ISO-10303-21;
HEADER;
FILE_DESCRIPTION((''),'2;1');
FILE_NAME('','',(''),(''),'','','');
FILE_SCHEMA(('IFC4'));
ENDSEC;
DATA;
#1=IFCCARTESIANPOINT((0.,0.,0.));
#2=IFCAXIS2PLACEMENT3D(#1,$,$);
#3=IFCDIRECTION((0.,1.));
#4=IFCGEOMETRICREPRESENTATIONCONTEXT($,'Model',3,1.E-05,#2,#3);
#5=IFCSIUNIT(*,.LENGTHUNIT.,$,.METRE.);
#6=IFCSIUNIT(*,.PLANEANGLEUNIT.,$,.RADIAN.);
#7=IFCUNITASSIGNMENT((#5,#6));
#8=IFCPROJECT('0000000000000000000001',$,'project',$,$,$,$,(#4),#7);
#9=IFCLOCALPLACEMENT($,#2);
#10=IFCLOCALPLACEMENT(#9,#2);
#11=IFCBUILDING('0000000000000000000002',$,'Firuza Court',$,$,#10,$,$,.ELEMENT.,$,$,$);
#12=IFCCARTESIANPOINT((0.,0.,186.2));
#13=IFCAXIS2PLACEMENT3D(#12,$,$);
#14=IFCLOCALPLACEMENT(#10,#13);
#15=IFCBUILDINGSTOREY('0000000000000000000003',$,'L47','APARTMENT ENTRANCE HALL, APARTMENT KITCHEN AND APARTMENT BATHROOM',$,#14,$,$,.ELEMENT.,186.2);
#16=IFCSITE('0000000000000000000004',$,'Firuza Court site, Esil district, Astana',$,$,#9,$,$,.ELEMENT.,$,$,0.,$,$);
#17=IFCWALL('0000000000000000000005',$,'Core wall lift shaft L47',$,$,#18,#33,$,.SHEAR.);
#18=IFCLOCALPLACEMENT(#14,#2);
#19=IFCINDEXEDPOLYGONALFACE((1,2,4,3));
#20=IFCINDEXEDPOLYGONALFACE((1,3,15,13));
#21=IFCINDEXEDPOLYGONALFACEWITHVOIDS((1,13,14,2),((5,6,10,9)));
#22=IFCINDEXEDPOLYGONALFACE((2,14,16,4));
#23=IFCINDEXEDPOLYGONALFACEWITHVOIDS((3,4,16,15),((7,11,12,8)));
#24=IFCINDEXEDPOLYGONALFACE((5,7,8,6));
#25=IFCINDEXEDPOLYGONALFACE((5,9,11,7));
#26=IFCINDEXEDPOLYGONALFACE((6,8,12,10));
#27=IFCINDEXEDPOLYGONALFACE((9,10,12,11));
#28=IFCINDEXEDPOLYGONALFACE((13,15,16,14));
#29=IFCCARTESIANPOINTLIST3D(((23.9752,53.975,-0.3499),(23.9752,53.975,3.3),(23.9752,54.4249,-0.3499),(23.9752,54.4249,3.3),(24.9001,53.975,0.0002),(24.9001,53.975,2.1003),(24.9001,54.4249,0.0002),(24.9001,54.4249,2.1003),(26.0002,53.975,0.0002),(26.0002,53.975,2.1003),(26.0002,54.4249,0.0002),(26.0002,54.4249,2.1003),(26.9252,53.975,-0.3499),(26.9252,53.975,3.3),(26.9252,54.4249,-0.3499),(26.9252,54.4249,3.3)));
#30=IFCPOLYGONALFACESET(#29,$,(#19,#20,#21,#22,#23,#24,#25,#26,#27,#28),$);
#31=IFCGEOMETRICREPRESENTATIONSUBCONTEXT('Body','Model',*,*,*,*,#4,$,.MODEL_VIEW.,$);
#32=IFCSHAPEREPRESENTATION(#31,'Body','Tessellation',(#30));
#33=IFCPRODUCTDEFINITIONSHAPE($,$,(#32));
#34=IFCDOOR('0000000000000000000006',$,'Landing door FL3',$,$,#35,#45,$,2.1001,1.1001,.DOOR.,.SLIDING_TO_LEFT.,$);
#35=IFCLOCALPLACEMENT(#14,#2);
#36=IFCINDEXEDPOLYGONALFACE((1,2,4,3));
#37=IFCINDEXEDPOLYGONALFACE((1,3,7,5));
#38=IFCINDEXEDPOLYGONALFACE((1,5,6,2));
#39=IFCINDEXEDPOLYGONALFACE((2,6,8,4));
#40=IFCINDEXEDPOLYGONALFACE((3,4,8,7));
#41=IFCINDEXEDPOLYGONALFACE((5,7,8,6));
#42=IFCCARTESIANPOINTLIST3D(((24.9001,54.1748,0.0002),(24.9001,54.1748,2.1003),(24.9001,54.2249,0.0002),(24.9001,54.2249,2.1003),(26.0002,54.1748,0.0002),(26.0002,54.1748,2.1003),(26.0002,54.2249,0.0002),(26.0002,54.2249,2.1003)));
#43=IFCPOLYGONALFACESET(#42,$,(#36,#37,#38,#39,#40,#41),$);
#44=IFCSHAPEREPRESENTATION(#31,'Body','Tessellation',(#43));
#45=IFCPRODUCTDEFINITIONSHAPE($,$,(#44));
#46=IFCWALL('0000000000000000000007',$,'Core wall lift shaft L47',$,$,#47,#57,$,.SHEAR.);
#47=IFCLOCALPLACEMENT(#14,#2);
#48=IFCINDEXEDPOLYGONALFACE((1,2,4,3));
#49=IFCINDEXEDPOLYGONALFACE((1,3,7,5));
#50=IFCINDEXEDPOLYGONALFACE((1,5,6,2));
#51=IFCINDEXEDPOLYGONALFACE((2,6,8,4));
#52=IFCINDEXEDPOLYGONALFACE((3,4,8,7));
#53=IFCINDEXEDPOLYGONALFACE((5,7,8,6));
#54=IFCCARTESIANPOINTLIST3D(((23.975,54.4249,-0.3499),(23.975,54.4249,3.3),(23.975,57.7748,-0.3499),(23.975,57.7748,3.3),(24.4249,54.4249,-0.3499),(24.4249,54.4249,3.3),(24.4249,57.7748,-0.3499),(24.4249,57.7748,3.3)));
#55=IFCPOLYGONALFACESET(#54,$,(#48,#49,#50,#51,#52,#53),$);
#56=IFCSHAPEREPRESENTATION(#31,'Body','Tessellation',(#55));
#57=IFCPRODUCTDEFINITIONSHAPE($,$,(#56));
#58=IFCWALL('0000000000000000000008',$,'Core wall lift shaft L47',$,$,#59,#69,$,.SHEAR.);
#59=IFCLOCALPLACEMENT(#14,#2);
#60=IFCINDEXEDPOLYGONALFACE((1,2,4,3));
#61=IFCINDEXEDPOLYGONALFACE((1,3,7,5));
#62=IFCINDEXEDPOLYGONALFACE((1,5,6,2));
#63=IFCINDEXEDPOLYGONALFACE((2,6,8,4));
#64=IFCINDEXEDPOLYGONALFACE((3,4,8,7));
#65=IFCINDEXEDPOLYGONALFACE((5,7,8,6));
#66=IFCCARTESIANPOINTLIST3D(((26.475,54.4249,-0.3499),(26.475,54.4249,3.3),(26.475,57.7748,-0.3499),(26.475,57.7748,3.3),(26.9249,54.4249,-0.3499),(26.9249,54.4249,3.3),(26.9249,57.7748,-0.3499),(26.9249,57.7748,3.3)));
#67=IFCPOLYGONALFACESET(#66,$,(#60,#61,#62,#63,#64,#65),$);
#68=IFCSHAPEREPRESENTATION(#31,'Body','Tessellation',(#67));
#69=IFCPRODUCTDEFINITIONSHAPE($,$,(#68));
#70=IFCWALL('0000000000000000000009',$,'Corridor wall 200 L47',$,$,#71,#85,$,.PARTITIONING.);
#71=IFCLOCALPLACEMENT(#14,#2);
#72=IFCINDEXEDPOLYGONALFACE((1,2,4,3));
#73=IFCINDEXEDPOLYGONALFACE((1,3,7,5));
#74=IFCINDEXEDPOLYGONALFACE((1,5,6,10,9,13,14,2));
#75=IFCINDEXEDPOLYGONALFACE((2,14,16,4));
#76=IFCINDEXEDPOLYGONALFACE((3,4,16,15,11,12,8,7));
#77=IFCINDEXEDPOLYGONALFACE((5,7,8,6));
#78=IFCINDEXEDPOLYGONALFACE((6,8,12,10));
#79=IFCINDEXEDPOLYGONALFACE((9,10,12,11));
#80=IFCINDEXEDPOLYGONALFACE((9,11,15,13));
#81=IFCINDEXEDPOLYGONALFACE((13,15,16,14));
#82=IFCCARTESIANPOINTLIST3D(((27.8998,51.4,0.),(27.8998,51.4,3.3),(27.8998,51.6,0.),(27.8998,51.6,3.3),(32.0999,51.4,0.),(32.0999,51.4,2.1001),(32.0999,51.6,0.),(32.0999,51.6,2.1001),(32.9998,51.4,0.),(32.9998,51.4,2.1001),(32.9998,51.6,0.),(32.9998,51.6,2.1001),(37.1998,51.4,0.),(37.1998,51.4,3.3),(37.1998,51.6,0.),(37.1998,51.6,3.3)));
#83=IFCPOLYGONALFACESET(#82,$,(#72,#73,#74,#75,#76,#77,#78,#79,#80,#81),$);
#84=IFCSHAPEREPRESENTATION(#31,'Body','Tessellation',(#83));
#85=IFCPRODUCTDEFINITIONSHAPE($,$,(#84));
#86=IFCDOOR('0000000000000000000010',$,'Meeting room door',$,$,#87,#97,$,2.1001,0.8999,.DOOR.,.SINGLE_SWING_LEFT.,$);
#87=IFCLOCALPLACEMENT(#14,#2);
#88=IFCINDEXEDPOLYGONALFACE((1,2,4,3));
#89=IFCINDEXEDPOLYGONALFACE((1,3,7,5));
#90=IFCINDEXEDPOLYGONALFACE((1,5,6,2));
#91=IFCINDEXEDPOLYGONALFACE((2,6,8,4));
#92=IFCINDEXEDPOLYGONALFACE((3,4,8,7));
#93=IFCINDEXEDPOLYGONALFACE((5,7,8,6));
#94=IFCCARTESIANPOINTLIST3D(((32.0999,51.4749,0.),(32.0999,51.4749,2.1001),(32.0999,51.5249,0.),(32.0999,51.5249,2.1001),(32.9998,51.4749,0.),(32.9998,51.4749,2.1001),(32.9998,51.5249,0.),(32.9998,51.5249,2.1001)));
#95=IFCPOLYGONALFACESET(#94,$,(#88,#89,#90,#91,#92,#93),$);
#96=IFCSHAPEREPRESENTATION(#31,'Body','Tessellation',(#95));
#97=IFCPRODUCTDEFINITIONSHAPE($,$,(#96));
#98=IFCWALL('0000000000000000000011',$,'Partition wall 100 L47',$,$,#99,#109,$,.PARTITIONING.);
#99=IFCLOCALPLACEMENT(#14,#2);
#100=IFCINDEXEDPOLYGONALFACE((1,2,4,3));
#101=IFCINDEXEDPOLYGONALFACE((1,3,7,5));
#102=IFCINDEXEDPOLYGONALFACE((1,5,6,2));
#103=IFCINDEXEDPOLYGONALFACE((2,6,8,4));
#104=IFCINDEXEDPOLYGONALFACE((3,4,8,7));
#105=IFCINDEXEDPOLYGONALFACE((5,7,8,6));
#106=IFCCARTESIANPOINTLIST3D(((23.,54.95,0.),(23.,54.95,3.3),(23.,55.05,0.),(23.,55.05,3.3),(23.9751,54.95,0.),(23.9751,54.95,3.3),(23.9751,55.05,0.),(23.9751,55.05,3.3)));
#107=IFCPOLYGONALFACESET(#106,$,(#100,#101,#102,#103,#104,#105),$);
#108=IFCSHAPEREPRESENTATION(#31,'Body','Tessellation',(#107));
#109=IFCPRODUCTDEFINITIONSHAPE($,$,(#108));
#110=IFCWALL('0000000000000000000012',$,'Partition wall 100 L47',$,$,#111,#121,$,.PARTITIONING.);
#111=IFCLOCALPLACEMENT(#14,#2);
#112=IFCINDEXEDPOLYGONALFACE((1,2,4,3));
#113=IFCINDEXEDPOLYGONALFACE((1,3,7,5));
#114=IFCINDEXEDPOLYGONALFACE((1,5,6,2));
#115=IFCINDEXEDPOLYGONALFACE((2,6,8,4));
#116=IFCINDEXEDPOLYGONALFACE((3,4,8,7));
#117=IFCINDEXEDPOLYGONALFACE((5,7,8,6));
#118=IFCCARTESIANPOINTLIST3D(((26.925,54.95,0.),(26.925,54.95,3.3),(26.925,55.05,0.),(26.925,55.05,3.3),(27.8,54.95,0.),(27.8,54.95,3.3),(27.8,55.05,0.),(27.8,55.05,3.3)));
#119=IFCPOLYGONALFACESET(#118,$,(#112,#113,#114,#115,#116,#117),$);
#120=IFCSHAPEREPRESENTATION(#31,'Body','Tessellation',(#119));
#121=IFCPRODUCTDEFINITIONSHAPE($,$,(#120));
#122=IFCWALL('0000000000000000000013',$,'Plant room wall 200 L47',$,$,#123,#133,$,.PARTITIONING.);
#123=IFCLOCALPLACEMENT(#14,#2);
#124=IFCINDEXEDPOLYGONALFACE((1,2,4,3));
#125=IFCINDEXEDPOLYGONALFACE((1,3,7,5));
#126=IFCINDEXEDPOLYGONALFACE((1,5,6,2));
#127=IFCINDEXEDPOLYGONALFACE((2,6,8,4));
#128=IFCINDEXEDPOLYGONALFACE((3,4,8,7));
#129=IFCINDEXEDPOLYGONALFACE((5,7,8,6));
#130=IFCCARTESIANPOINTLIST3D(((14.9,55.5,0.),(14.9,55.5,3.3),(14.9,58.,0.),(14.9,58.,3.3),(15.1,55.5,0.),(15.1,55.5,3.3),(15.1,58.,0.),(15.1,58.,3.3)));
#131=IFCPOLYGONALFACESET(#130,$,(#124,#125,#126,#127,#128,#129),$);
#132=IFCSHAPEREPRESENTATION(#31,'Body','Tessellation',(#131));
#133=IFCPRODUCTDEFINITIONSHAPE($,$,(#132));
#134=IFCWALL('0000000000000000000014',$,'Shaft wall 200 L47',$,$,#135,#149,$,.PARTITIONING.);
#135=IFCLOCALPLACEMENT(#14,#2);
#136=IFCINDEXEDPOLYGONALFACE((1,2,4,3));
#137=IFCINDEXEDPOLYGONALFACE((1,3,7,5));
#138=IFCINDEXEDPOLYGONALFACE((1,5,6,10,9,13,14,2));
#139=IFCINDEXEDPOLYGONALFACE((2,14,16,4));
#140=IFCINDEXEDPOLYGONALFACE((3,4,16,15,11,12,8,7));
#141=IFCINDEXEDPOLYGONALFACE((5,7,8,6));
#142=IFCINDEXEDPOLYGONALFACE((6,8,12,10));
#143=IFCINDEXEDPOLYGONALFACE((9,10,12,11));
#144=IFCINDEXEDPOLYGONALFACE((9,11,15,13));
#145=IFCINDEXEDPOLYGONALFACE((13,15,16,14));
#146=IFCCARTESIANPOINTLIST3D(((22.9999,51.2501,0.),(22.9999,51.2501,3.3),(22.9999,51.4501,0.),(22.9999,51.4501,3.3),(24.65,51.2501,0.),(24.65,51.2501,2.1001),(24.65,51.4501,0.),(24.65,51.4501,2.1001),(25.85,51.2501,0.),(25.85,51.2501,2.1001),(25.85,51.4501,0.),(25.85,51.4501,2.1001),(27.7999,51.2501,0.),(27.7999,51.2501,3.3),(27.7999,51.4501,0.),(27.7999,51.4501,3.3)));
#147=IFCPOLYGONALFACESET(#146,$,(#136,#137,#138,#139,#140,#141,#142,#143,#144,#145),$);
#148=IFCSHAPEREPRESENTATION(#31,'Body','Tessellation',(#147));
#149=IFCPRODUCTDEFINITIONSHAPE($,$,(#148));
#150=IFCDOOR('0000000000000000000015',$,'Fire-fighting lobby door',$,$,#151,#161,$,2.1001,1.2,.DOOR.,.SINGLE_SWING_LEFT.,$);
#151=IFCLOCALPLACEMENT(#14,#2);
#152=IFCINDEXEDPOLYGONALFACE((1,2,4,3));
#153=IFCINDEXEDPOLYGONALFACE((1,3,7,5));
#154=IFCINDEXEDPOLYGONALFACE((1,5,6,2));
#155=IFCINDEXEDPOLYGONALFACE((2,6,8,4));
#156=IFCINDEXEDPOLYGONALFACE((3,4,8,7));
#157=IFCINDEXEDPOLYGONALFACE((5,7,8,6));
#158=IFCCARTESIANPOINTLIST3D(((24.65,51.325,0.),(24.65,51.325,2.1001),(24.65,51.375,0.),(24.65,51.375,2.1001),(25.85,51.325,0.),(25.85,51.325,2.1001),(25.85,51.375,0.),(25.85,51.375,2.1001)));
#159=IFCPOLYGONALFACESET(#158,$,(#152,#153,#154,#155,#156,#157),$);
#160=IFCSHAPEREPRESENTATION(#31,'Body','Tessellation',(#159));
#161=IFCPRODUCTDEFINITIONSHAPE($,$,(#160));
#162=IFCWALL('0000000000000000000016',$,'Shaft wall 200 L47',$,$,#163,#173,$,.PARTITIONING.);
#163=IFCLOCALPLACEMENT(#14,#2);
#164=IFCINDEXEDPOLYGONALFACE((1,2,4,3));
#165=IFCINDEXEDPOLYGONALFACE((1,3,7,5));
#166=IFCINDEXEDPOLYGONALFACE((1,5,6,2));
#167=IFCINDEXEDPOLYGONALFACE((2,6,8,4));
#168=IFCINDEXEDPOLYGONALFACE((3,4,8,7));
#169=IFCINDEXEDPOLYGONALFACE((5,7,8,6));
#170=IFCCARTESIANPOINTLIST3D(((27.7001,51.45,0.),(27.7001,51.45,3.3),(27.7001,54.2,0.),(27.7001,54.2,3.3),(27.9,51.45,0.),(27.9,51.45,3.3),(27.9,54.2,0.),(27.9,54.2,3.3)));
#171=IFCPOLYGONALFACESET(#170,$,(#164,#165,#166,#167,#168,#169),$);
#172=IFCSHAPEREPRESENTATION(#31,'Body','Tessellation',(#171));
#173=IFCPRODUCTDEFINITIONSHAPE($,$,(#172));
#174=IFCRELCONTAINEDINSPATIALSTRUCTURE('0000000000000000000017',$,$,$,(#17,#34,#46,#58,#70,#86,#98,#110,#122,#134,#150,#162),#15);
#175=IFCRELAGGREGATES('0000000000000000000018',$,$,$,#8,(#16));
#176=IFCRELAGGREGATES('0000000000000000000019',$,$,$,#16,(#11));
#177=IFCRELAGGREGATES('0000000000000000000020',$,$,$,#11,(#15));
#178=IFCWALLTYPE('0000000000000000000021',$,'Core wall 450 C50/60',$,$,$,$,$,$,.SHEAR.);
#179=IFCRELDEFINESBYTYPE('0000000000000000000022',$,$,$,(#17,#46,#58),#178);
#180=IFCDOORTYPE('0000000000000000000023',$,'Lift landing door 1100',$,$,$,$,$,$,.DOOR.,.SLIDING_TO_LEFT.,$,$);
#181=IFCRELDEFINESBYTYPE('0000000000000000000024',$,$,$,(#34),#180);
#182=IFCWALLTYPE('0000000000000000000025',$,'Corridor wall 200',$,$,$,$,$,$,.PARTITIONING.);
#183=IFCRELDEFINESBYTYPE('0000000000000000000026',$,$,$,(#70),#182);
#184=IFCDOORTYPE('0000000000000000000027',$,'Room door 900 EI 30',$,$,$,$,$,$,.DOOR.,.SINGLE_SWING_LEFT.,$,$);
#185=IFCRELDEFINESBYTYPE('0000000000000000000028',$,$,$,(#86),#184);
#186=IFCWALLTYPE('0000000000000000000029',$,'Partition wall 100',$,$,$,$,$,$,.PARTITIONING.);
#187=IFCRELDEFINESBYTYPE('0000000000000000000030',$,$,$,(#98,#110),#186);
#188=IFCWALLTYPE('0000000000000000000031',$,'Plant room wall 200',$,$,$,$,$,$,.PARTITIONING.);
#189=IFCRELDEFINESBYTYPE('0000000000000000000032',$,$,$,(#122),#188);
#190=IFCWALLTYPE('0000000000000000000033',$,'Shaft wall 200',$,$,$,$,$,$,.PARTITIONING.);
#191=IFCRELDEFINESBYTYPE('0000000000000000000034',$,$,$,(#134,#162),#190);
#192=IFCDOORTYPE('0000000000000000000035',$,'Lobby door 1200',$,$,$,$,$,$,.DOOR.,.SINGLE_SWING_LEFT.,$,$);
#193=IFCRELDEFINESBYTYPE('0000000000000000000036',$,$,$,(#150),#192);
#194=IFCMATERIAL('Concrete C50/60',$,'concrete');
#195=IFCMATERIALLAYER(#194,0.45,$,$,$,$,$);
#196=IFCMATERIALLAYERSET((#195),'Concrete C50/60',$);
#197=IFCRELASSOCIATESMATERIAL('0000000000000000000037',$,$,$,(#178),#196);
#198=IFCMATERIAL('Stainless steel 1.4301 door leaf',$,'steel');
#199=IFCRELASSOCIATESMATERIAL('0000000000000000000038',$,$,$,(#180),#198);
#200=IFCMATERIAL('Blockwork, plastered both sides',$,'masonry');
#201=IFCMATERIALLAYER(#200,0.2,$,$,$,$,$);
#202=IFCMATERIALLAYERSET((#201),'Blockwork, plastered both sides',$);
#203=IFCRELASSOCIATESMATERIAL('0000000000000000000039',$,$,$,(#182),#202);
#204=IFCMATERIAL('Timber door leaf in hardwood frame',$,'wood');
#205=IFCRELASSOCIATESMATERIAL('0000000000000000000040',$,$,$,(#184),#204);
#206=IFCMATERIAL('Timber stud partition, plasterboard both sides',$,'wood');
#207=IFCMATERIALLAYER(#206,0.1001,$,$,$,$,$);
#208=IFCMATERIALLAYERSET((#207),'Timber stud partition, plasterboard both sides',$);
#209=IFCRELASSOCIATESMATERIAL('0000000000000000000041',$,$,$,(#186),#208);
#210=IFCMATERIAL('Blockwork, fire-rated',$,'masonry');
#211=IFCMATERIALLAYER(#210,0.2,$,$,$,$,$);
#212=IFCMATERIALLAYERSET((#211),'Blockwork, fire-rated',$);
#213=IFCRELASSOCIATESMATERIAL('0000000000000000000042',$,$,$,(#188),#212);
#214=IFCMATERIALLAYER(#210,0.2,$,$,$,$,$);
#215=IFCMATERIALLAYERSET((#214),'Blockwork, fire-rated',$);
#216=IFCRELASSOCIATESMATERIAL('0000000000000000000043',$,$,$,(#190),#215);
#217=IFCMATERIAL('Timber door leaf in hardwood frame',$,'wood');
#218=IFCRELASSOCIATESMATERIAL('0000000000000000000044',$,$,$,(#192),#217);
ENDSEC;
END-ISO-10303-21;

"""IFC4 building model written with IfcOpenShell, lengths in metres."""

from ifc_helpers import new_model, si_unit, direction, frame, frame_2d, origin, place, context, subcontext, project, spatial, rectangle, extrude, material, layer, layer_set, type_object, element, fill, save


model = new_model("IFC4")

# Units and contexts
model_context = context("Model", 3, precision=1e-05, world=origin(), true_north=direction((0.0, 1.0)))
body_context = subcontext(model_context, "Body", "Model", "MODEL_VIEW")
ifc_project = project(units=[si_unit("LENGTHUNIT", "METRE"), si_unit("PLANEANGLEUNIT", "RADIAN")], contexts=[model_context])

# Site, building, storey
site_placement = place(None, origin())
site = spatial("IfcSite", under=ifc_project, at=site_placement, Name="Firuza Court site, Esil district, Astana", CompositionType="ELEMENT", RefElevation=0.0)
building_placement = place(site_placement, origin())
building = spatial("IfcBuilding", under=site, at=building_placement, Name="Firuza Court", CompositionType="ELEMENT")
storey_placement = place(building_placement, frame((0.0, 0.0, 186.2)))
storey = spatial("IfcBuildingStorey", under=building, at=storey_placement, Name="L47", Description="APARTMENT ENTRANCE HALL, APARTMENT KITCHEN AND APARTMENT BATHROOM", CompositionType="ELEMENT", Elevation=186.2)

# Wall, opening, door
ifc_material_1 = material(Name="Concrete C50/60", Category="concrete")
ifc_layer_1 = layer(ifc_material_1, 0.45)
ifc_layer_set_1 = layer_set([ifc_layer_1], Name="Concrete C50/60")
wall_type_1 = type_object("IfcWallType", Name="Core wall 450 C50/60", PredefinedType="SHEAR", material=ifc_layer_set_1)
wall_1_placement = place(storey_placement, frame((23.9751, 54.2, -0.3499), z_axis=(0.0, 0.0, 1.0), x_axis=(1.0, 0.0, 0.0)))
wall_1 = element("IfcWall", 1, at=wall_1_placement, inside=storey, type_object=wall_type_1, Name="Core wall lift shaft L47", PredefinedType="SHEAR", context=body_context, shape_type="SweptSolid", body=[
    extrude(rectangle(XDim=2.95, YDim=0.45, at=frame_2d((1.4751, 0.0))), origin(), (0.0, 0.0, 1.0), 3.6499),
])
opening_1_placement = place(wall_1_placement, frame((0.925, 0.0, 0.3501)))
opening_1 = element("IfcOpeningElement", 2, at=opening_1_placement, cuts=wall_1, PredefinedType="OPENING", context=body_context, shape_type="SweptSolid", body=[
    extrude(rectangle(XDim=1.1001, YDim=2.1001, at=frame_2d((0.55, 1.05))), frame((0.0, 0.2368, 0.0), z_axis=(0.0, -1.0, 0.0), x_axis=(1.0, 0.0, 0.0)), (0.0, 0.0, 1.0), 0.4739),
])
ifc_material_2 = material(Name="Stainless steel 1.4301 door leaf", Category="steel")
door_type_1 = type_object("IfcDoorType", Name="Lift landing door 1100", OperationType="SLIDING_TO_LEFT", PredefinedType="DOOR", material=ifc_material_2)
door_1_placement = place(opening_1_placement, origin())
door_1 = element("IfcDoor", 3, at=door_1_placement, inside=storey, type_object=door_type_1, Name="Landing door FL3", OperationType="SLIDING_TO_LEFT", OverallHeight=2.1001, OverallWidth=1.1001, PredefinedType="DOOR", context=body_context, shape_type="SweptSolid", body=[
    extrude(rectangle(XDim=1.1001, YDim=2.1001, at=frame_2d((0.55, 1.05))), frame((0.0, 0.0249, 0.0), z_axis=(0.0, -1.0, 0.0), x_axis=(1.0, 0.0, 0.0)), (0.0, 0.0, 1.0), 0.05),
])
fill(opening_1, door_1)

# Walls
for number, where, z_axis, x_axis, name in (
    (4, (24.2, 54.425, -0.3499), (0.0, 0.0, 1.0), (0.0, 1.0, 0.0), "Core wall lift shaft L47"),
    (5, (26.7, 54.425, -0.3499), (0.0, 0.0, 1.0), (0.0, 1.0, 0.0), "Core wall lift shaft L47"),
):
    element("IfcWall", number, at=place(storey_placement, frame(where, z_axis=z_axis, x_axis=x_axis)), inside=storey, type_object=wall_type_1, Name=name, PredefinedType="SHEAR", context=body_context, shape_type="SweptSolid", body=[
        extrude(rectangle(XDim=3.3499, YDim=0.45, at=frame_2d((1.6748, 0.0))), origin(), (0.0, 0.0, 1.0), 3.6499),
    ])

# Wall, opening, door
ifc_material_3 = material(Name="Blockwork, plastered both sides", Category="masonry")
ifc_layer_2 = layer(ifc_material_3, 0.2)
ifc_layer_set_2 = layer_set([ifc_layer_2], Name="Blockwork, plastered both sides")
wall_type_2 = type_object("IfcWallType", Name="Corridor wall 200", PredefinedType="PARTITIONING", material=ifc_layer_set_2)
wall_2_placement = place(storey_placement, frame((27.8999, 51.5, 0.0), z_axis=(0.0, 0.0, 1.0), x_axis=(1.0, 0.0, 0.0)))
wall_2 = element("IfcWall", 6, at=wall_2_placement, inside=storey, type_object=wall_type_2, Name="Corridor wall 200 L47", PredefinedType="PARTITIONING", context=body_context, shape_type="SweptSolid", body=[
    extrude(rectangle(XDim=9.3, YDim=0.2, at=frame_2d((4.6499, 0.0))), origin(), (0.0, 0.0, 1.0), 3.3),
])
opening_2_placement = place(wall_2_placement, frame((4.2, 0.0, 0.0)))
opening_2 = element("IfcOpeningElement", 7, at=opening_2_placement, cuts=wall_2, PredefinedType="OPENING", context=body_context, shape_type="SweptSolid", body=[
    extrude(rectangle(XDim=0.8999, YDim=2.1001, at=frame_2d((0.45, 1.05))), frame((0.0, 0.1118, 0.0), z_axis=(0.0, -1.0, 0.0), x_axis=(1.0, 0.0, 0.0)), (0.0, 0.0, 1.0), 0.2239),
])
ifc_material_4 = material(Name="Timber door leaf in hardwood frame", Category="wood")
door_type_2 = type_object("IfcDoorType", Name="Room door 900 EI 30", OperationType="SINGLE_SWING_LEFT", PredefinedType="DOOR", material=ifc_material_4)
door_2_placement = place(opening_2_placement, origin())
door_2 = element("IfcDoor", 8, at=door_2_placement, inside=storey, type_object=door_type_2, Name="Meeting room door", OperationType="SINGLE_SWING_LEFT", OverallHeight=2.1001, OverallWidth=0.8999, PredefinedType="DOOR", context=body_context, shape_type="SweptSolid", body=[
    extrude(rectangle(XDim=0.8999, YDim=2.1001, at=frame_2d((0.45, 1.05))), frame((0.0, 0.0249, 0.0), z_axis=(0.0, -1.0, 0.0), x_axis=(1.0, 0.0, 0.0)), (0.0, 0.0, 1.0), 0.05),
])
fill(opening_2, door_2)

# Walls
ifc_material_5 = material(Name="Timber stud partition, plasterboard both sides", Category="wood")
ifc_layer_3 = layer(ifc_material_5, 0.1001)
ifc_layer_set_3 = layer_set([ifc_layer_3], Name="Timber stud partition, plasterboard both sides")
wall_type_3 = type_object("IfcWallType", Name="Partition wall 100", PredefinedType="PARTITIONING", material=ifc_layer_set_3)
wall_3_placement = place(storey_placement, frame((23.0, 55.0, 0.0), z_axis=(0.0, 0.0, 1.0), x_axis=(1.0, 0.0, 0.0)))
element("IfcWall", 9, at=wall_3_placement, inside=storey, type_object=wall_type_3, Name="Partition wall 100 L47", PredefinedType="PARTITIONING", context=body_context, shape_type="SweptSolid", body=[
    extrude(rectangle(XDim=0.9751, YDim=0.1001, at=frame_2d((0.4875, 0.0))), origin(), (0.0, 0.0, 1.0), 3.3),
])
wall_4_placement = place(storey_placement, frame((26.925, 55.0, 0.0), z_axis=(0.0, 0.0, 1.0), x_axis=(1.0, 0.0, 0.0)))
element("IfcWall", 10, at=wall_4_placement, inside=storey, type_object=wall_type_3, Name="Partition wall 100 L47", PredefinedType="PARTITIONING", context=body_context, shape_type="SweptSolid", body=[
    extrude(rectangle(XDim=0.875, YDim=0.1001, at=frame_2d((0.4375, 0.0))), origin(), (0.0, 0.0, 1.0), 3.3),
])
ifc_material_6 = material(Name="Blockwork, fire-rated", Category="masonry")
ifc_layer_4 = layer(ifc_material_6, 0.2)
ifc_layer_set_4 = layer_set([ifc_layer_4], Name="Blockwork, fire-rated")
wall_type_4 = type_object("IfcWallType", Name="Plant room wall 200", PredefinedType="PARTITIONING", material=ifc_layer_set_4)
wall_5_placement = place(storey_placement, frame((15.0, 55.5, 0.0), z_axis=(0.0, 0.0, 1.0), x_axis=(0.0, 1.0, 0.0)))
element("IfcWall", 11, at=wall_5_placement, inside=storey, type_object=wall_type_4, Name="Plant room wall 200 L47", PredefinedType="PARTITIONING", context=body_context, shape_type="SweptSolid", body=[
    extrude(rectangle(XDim=2.5, YDim=0.2, at=frame_2d((1.25, 0.0))), origin(), (0.0, 0.0, 1.0), 3.3),
])

# Wall, opening, door
ifc_layer_5 = layer(ifc_material_6, 0.2)
ifc_layer_set_5 = layer_set([ifc_layer_5], Name="Blockwork, fire-rated")
wall_type_5 = type_object("IfcWallType", Name="Shaft wall 200", PredefinedType="PARTITIONING", material=ifc_layer_set_5)
wall_6_placement = place(storey_placement, frame((23.0, 51.3501, 0.0), z_axis=(0.0, 0.0, 1.0), x_axis=(1.0, 0.0, 0.0)))
wall_6 = element("IfcWall", 12, at=wall_6_placement, inside=storey, type_object=wall_type_5, Name="Shaft wall 200 L47", PredefinedType="PARTITIONING", context=body_context, shape_type="SweptSolid", body=[
    extrude(rectangle(XDim=4.8, YDim=0.2, at=frame_2d((2.3999, 0.0))), origin(), (0.0, 0.0, 1.0), 3.3),
])
opening_3_placement = place(wall_6_placement, frame((1.6499, 0.0, 0.0)))
opening_3 = element("IfcOpeningElement", 13, at=opening_3_placement, cuts=wall_6, PredefinedType="OPENING", context=body_context, shape_type="SweptSolid", body=[
    extrude(rectangle(XDim=1.2, YDim=2.1001, at=frame_2d((0.6001, 1.05))), frame((0.0, 0.1118, 0.0), z_axis=(0.0, -1.0, 0.0), x_axis=(1.0, 0.0, 0.0)), (0.0, 0.0, 1.0), 0.2239),
])
ifc_material_7 = material(Name="Timber door leaf in hardwood frame", Category="wood")
door_type_3 = type_object("IfcDoorType", Name="Lobby door 1200", OperationType="SINGLE_SWING_LEFT", PredefinedType="DOOR", material=ifc_material_7)
door_3_placement = place(opening_3_placement, origin())
door_3 = element("IfcDoor", 14, at=door_3_placement, inside=storey, type_object=door_type_3, Name="Fire-fighting lobby door", OperationType="SINGLE_SWING_LEFT", OverallHeight=2.1001, OverallWidth=1.2, PredefinedType="DOOR", context=body_context, shape_type="SweptSolid", body=[
    extrude(rectangle(XDim=1.2, YDim=2.1001, at=frame_2d((0.6001, 1.05))), frame((0.0, 0.0249, 0.0), z_axis=(0.0, -1.0, 0.0), x_axis=(1.0, 0.0, 0.0)), (0.0, 0.0, 1.0), 0.05),
])
fill(opening_3, door_3)

# Wall
wall_7_placement = place(storey_placement, frame((27.8, 51.45, 0.0), z_axis=(0.0, 0.0, 1.0), x_axis=(0.0, 1.0, 0.0)))
element("IfcWall", 15, at=wall_7_placement, inside=storey, type_object=wall_type_5, Name="Shaft wall 200 L47", PredefinedType="PARTITIONING", context=body_context, shape_type="SweptSolid", body=[
    extrude(rectangle(XDim=2.75, YDim=0.2, at=frame_2d((1.375, 0.0))), origin(), (0.0, 0.0, 1.0), 3.3),
])

save(model, "model.ifc")
